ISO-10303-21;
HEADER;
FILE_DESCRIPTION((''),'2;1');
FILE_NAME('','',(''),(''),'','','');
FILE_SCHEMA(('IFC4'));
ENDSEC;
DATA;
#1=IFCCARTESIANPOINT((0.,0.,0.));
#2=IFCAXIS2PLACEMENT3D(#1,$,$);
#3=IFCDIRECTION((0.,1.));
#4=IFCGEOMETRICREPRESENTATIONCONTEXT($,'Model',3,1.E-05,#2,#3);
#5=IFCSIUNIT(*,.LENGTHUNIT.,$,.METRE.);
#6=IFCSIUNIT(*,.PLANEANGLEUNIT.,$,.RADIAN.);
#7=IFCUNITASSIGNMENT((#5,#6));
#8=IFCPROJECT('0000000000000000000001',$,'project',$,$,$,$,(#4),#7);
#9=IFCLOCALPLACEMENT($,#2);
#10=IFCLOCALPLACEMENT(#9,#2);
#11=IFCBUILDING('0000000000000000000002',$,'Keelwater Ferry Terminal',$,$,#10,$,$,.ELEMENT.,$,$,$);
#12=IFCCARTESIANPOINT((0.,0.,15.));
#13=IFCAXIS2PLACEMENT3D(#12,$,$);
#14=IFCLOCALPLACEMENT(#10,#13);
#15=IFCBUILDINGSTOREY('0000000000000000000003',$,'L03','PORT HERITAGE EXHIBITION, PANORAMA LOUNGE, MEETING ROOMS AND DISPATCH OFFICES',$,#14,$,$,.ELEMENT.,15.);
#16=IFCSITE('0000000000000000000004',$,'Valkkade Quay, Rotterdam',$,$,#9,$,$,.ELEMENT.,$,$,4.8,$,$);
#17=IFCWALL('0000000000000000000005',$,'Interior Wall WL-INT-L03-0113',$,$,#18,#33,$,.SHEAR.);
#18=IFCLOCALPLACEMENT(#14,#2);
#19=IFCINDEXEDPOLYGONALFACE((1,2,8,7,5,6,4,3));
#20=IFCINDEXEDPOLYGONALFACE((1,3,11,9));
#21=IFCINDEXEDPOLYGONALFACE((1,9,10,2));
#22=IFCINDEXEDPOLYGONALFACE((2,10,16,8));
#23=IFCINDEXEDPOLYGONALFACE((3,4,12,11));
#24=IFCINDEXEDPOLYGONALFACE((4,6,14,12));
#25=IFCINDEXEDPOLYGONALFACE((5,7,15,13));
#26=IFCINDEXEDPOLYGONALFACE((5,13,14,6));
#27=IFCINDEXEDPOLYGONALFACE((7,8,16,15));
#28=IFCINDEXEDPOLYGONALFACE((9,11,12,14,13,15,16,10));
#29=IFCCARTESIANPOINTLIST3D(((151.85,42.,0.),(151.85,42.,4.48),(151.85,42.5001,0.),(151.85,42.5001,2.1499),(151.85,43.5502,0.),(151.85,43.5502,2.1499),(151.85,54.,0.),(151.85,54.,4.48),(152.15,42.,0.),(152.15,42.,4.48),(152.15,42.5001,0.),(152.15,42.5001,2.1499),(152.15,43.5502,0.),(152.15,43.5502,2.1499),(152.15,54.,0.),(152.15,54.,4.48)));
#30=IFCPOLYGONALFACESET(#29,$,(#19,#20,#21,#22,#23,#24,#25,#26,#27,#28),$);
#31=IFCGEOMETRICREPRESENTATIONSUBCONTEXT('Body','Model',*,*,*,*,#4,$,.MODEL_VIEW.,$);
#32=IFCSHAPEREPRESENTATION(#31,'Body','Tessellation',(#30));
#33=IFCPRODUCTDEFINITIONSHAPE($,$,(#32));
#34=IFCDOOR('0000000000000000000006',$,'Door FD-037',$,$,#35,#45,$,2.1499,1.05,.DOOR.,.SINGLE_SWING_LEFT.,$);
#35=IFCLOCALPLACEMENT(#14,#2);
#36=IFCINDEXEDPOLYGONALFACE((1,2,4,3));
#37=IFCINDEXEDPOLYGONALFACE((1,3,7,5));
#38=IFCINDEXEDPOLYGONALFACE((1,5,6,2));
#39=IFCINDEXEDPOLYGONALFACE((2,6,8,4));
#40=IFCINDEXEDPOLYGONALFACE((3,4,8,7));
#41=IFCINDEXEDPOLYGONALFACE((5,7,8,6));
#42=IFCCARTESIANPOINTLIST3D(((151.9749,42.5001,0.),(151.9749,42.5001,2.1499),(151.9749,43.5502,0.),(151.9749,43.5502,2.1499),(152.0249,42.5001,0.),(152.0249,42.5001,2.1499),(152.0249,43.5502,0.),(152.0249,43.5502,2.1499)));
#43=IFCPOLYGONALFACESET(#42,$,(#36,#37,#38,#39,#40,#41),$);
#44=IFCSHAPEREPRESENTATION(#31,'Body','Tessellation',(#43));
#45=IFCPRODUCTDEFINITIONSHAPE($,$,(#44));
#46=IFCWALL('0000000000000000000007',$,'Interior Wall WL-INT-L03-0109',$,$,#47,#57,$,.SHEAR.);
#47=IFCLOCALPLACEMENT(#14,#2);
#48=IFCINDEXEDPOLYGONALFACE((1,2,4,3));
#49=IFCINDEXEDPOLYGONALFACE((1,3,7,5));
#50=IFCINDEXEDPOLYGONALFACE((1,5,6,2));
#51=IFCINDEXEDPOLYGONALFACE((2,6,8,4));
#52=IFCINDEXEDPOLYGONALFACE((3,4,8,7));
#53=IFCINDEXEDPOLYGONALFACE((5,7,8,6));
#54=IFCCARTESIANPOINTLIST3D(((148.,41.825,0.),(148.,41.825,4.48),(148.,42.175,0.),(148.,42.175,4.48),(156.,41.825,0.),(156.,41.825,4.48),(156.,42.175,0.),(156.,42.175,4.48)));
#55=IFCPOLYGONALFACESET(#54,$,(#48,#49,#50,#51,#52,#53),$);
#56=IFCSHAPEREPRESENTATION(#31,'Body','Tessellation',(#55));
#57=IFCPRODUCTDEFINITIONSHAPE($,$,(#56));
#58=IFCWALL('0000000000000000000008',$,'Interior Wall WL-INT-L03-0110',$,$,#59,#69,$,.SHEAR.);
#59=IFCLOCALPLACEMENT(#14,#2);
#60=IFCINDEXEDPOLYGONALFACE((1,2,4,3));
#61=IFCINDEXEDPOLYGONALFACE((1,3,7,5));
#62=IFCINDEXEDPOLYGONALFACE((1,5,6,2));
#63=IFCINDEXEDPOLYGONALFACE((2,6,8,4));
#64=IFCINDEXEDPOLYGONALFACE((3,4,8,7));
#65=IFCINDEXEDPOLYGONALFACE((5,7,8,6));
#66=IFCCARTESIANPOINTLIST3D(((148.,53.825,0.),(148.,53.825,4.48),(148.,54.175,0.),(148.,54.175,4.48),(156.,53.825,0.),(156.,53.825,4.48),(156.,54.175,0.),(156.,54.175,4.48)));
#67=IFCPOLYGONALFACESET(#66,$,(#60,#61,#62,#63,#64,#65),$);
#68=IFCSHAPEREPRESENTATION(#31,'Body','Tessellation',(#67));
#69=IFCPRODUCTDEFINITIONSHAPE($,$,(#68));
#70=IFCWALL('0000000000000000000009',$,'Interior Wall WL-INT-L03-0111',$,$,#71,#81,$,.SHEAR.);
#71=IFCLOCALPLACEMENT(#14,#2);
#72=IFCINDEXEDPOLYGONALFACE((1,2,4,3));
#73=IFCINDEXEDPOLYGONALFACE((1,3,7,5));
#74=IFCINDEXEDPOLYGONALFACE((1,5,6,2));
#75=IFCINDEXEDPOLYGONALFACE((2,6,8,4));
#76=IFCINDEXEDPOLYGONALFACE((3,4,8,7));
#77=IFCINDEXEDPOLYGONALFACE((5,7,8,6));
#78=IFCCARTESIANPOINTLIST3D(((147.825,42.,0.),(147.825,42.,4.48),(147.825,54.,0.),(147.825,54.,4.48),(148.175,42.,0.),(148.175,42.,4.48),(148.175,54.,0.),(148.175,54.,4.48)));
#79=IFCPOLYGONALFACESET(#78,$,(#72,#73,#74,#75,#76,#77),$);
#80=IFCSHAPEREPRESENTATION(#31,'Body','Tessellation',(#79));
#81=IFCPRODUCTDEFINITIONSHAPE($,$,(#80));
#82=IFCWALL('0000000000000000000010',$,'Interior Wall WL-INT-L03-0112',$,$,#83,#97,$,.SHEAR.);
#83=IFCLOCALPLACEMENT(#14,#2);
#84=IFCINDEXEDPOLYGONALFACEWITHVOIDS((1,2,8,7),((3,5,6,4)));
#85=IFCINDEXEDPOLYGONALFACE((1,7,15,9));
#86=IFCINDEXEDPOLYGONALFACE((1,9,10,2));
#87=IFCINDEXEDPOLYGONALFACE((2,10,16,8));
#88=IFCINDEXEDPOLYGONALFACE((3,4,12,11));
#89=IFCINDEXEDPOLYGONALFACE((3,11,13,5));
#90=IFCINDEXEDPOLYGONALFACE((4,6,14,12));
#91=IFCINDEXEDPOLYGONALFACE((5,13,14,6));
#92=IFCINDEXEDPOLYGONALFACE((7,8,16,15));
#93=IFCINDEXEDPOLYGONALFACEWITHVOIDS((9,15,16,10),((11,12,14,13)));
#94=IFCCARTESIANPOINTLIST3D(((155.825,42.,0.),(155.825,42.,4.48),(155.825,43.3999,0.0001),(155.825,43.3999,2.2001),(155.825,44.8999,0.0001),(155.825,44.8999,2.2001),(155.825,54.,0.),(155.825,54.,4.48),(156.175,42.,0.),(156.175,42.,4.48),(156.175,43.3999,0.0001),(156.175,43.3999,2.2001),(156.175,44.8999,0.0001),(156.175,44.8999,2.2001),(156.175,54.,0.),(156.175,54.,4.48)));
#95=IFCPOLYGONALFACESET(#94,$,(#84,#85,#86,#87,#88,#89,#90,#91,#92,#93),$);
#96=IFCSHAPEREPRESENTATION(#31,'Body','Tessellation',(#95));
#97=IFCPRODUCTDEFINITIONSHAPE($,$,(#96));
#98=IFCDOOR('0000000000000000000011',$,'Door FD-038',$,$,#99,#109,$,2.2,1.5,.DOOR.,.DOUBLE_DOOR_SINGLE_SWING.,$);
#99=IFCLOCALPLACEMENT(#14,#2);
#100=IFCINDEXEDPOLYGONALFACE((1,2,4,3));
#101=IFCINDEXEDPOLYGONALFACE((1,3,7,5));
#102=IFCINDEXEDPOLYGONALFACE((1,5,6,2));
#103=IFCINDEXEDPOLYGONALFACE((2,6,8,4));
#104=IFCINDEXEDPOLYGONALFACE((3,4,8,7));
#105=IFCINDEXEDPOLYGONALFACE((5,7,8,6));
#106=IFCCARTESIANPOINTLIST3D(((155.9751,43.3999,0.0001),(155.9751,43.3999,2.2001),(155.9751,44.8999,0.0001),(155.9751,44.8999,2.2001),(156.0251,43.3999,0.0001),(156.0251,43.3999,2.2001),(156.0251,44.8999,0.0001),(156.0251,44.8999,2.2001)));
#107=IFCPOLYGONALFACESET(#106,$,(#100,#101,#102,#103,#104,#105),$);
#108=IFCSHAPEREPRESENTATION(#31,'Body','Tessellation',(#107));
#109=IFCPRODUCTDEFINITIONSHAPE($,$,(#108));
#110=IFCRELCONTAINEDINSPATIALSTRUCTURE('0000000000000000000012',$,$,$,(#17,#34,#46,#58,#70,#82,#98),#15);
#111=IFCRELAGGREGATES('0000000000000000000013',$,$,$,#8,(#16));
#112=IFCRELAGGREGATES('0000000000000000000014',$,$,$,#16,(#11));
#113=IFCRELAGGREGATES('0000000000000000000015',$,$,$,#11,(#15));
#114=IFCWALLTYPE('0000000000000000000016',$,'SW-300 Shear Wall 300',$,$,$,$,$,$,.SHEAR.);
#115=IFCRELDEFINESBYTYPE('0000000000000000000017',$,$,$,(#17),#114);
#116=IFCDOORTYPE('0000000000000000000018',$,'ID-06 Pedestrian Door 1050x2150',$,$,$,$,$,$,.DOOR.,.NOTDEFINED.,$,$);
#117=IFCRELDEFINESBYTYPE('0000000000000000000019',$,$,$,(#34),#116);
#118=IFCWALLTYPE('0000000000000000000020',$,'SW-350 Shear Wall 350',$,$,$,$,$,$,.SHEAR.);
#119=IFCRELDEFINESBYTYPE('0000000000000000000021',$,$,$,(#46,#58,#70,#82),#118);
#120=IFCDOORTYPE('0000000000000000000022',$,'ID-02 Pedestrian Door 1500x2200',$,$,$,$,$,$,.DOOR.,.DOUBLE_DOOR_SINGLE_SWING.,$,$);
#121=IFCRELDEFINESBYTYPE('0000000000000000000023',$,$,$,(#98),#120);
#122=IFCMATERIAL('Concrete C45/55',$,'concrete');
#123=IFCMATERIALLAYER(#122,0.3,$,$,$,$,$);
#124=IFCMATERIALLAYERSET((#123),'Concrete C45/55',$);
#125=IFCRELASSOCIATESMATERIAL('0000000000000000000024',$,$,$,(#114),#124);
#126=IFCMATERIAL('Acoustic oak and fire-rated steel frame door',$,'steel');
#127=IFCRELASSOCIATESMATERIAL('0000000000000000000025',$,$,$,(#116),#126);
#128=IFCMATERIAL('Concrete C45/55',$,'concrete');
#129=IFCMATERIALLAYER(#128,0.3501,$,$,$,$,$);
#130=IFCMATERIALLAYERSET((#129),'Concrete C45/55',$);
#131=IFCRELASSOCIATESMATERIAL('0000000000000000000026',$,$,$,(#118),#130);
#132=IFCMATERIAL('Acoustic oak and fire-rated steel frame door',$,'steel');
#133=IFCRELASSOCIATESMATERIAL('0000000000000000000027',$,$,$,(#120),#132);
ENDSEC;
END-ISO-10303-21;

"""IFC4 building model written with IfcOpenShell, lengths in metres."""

from ifc_helpers import new_model, si_unit, direction, frame, frame_2d, origin, place, context, subcontext, project, spatial, rectangle, extrude, material, layer, layer_set, type_object, element, fill, save


model = new_model("IFC4")

# Units and contexts
model_context = context("Model", 3, precision=1e-05, world=origin(), true_north=direction((0.0, 1.0)))
body_context = subcontext(model_context, "Body", "Model", "MODEL_VIEW")
ifc_project = project(units=[si_unit("LENGTHUNIT", "METRE"), si_unit("PLANEANGLEUNIT", "RADIAN")], contexts=[model_context])

# Site, building, storey
site_placement = place(None, origin())
site = spatial("IfcSite", under=ifc_project, at=site_placement, Name="Valkkade Quay, Rotterdam", CompositionType="ELEMENT", RefElevation=4.8)
building_placement = place(site_placement, origin())
building = spatial("IfcBuilding", under=site, at=building_placement, Name="Keelwater Ferry Terminal", CompositionType="ELEMENT")
storey_placement = place(building_placement, frame((0.0, 0.0, 15.0)))
storey = spatial("IfcBuildingStorey", under=building, at=storey_placement, Name="L03", Description="PORT HERITAGE EXHIBITION, PANORAMA LOUNGE, MEETING ROOMS AND DISPATCH OFFICES", CompositionType="ELEMENT", Elevation=15.0)

# Wall, opening, door
ifc_material_1 = material(Name="Concrete C45/55", Category="concrete")
ifc_layer_1 = layer(ifc_material_1, 0.3)
ifc_layer_set_1 = layer_set([ifc_layer_1], Name="Concrete C45/55")
wall_type_1 = type_object("IfcWallType", Name="SW-300 Shear Wall 300", PredefinedType="SHEAR", material=ifc_layer_set_1)
wall_1_placement = place(storey_placement, frame((152.0, 54.0, 0.0), z_axis=(0.0, 0.0, 1.0), x_axis=(0.0, -1.0, 0.0)))
wall_1 = element("IfcWall", 1, at=wall_1_placement, inside=storey, type_object=wall_type_1, Name="Interior Wall WL-INT-L03-0113", PredefinedType="SHEAR", context=body_context, shape_type="SweptSolid", body=[
    extrude(rectangle(XDim=12.0, YDim=0.3, at=frame_2d((6.0, 0.0))), origin(), (0.0, 0.0, 1.0), 4.48),
])
opening_1_placement = place(wall_1_placement, frame((10.45, 0.0, 0.0)))
opening_1 = element("IfcOpeningElement", 2, at=opening_1_placement, cuts=wall_1, PredefinedType="OPENING", context=body_context, shape_type="SweptSolid", body=[
    extrude(rectangle(XDim=1.05, YDim=2.1499, at=frame_2d((0.5249, 1.075))), frame((0.0, 0.1599, 0.0), z_axis=(0.0, -1.0, 0.0), x_axis=(1.0, 0.0, 0.0)), (0.0, 0.0, 1.0), 0.3201),
])
ifc_material_2 = material(Name="Acoustic oak and fire-rated steel frame door", Category="steel")
door_type_1 = type_object("IfcDoorType", Name="ID-06 Pedestrian Door 1050x2150", OperationType="NOTDEFINED", PredefinedType="DOOR", material=ifc_material_2)
door_1_placement = place(opening_1_placement, origin())
door_1 = element("IfcDoor", 3, at=door_1_placement, inside=storey, type_object=door_type_1, Name="Door FD-037", OperationType="SINGLE_SWING_LEFT", OverallHeight=2.1499, OverallWidth=1.05, PredefinedType="DOOR", context=body_context, shape_type="SweptSolid", body=[
    extrude(rectangle(XDim=1.05, YDim=2.1499, at=frame_2d((0.5249, 1.075))), frame((0.0, 0.0249, 0.0), z_axis=(0.0, -1.0, 0.0), x_axis=(1.0, 0.0, 0.0)), (0.0, 0.0, 1.0), 0.05),
])
fill(opening_1, door_1)

# Walls
ifc_material_3 = material(Name="Concrete C45/55", Category="concrete")
ifc_layer_2 = layer(ifc_material_3, 0.3501)
ifc_layer_set_2 = layer_set([ifc_layer_2], Name="Concrete C45/55")
wall_type_2 = type_object("IfcWallType", Name="SW-350 Shear Wall 350", PredefinedType="SHEAR", material=ifc_layer_set_2)
for number, where, z_axis, x_axis, name in (
    (4, (148.0, 42.0, 0.0), (0.0, 0.0, 1.0), (1.0, 0.0, 0.0), "Interior Wall WL-INT-L03-0109"),
    (5, (148.0, 54.0, 0.0), (0.0, 0.0, 1.0), (1.0, 0.0, 0.0), "Interior Wall WL-INT-L03-0110"),
):
    element("IfcWall", number, at=place(storey_placement, frame(where, z_axis=z_axis, x_axis=x_axis)), inside=storey, type_object=wall_type_2, Name=name, PredefinedType="SHEAR", context=body_context, shape_type="SweptSolid", body=[
        extrude(rectangle(XDim=8.0, YDim=0.3501, at=frame_2d((4.0, 0.0))), origin(), (0.0, 0.0, 1.0), 4.48),
    ])
wall_2_placement = place(storey_placement, frame((148.0, 42.0, 0.0), z_axis=(0.0, 0.0, 1.0), x_axis=(0.0, 1.0, 0.0)))
element("IfcWall", 6, at=wall_2_placement, inside=storey, type_object=wall_type_2, Name="Interior Wall WL-INT-L03-0111", PredefinedType="SHEAR", context=body_context, shape_type="SweptSolid", body=[
    extrude(rectangle(XDim=12.0, YDim=0.3501, at=frame_2d((6.0, 0.0))), origin(), (0.0, 0.0, 1.0), 4.48),
])

# Wall, opening, door
wall_3_placement = place(storey_placement, frame((156.0, 42.0, 0.0), z_axis=(0.0, 0.0, 1.0), x_axis=(0.0, 1.0, 0.0)))
wall_3 = element("IfcWall", 7, at=wall_3_placement, inside=storey, type_object=wall_type_2, Name="Interior Wall WL-INT-L03-0112", PredefinedType="SHEAR", context=body_context, shape_type="SweptSolid", body=[
    extrude(rectangle(XDim=12.0, YDim=0.3501, at=frame_2d((6.0, 0.0))), origin(), (0.0, 0.0, 1.0), 4.48),
])
opening_2_placement = place(wall_3_placement, frame((1.3999, 0.0, 0.0)))
opening_2 = element("IfcOpeningElement", 8, at=opening_2_placement, cuts=wall_3, PredefinedType="OPENING", context=body_context, shape_type="SweptSolid", body=[
    extrude(rectangle(XDim=1.5, YDim=2.2, at=frame_2d((0.75, 1.1001))), frame((0.0, 0.1851, 0.0), z_axis=(0.0, -1.0, 0.0), x_axis=(1.0, 0.0, 0.0)), (0.0, 0.0, 1.0), 0.3701),
])
ifc_material_4 = material(Name="Acoustic oak and fire-rated steel frame door", Category="steel")
door_type_2 = type_object("IfcDoorType", Name="ID-02 Pedestrian Door 1500x2200", OperationType="DOUBLE_DOOR_SINGLE_SWING", PredefinedType="DOOR", material=ifc_material_4)
door_2_placement = place(opening_2_placement, origin())
door_2 = element("IfcDoor", 9, at=door_2_placement, inside=storey, type_object=door_type_2, Name="Door FD-038", OperationType="DOUBLE_DOOR_SINGLE_SWING", OverallHeight=2.2, OverallWidth=1.5, PredefinedType="DOOR", context=body_context, shape_type="SweptSolid", body=[
    extrude(rectangle(XDim=1.5, YDim=2.2, at=frame_2d((0.75, 1.1001))), frame((0.0, 0.0249, 0.0), z_axis=(0.0, -1.0, 0.0), x_axis=(1.0, 0.0, 0.0)), (0.0, 0.0, 1.0), 0.05),
])
fill(opening_2, door_2)

save(model, "model.ifc")
